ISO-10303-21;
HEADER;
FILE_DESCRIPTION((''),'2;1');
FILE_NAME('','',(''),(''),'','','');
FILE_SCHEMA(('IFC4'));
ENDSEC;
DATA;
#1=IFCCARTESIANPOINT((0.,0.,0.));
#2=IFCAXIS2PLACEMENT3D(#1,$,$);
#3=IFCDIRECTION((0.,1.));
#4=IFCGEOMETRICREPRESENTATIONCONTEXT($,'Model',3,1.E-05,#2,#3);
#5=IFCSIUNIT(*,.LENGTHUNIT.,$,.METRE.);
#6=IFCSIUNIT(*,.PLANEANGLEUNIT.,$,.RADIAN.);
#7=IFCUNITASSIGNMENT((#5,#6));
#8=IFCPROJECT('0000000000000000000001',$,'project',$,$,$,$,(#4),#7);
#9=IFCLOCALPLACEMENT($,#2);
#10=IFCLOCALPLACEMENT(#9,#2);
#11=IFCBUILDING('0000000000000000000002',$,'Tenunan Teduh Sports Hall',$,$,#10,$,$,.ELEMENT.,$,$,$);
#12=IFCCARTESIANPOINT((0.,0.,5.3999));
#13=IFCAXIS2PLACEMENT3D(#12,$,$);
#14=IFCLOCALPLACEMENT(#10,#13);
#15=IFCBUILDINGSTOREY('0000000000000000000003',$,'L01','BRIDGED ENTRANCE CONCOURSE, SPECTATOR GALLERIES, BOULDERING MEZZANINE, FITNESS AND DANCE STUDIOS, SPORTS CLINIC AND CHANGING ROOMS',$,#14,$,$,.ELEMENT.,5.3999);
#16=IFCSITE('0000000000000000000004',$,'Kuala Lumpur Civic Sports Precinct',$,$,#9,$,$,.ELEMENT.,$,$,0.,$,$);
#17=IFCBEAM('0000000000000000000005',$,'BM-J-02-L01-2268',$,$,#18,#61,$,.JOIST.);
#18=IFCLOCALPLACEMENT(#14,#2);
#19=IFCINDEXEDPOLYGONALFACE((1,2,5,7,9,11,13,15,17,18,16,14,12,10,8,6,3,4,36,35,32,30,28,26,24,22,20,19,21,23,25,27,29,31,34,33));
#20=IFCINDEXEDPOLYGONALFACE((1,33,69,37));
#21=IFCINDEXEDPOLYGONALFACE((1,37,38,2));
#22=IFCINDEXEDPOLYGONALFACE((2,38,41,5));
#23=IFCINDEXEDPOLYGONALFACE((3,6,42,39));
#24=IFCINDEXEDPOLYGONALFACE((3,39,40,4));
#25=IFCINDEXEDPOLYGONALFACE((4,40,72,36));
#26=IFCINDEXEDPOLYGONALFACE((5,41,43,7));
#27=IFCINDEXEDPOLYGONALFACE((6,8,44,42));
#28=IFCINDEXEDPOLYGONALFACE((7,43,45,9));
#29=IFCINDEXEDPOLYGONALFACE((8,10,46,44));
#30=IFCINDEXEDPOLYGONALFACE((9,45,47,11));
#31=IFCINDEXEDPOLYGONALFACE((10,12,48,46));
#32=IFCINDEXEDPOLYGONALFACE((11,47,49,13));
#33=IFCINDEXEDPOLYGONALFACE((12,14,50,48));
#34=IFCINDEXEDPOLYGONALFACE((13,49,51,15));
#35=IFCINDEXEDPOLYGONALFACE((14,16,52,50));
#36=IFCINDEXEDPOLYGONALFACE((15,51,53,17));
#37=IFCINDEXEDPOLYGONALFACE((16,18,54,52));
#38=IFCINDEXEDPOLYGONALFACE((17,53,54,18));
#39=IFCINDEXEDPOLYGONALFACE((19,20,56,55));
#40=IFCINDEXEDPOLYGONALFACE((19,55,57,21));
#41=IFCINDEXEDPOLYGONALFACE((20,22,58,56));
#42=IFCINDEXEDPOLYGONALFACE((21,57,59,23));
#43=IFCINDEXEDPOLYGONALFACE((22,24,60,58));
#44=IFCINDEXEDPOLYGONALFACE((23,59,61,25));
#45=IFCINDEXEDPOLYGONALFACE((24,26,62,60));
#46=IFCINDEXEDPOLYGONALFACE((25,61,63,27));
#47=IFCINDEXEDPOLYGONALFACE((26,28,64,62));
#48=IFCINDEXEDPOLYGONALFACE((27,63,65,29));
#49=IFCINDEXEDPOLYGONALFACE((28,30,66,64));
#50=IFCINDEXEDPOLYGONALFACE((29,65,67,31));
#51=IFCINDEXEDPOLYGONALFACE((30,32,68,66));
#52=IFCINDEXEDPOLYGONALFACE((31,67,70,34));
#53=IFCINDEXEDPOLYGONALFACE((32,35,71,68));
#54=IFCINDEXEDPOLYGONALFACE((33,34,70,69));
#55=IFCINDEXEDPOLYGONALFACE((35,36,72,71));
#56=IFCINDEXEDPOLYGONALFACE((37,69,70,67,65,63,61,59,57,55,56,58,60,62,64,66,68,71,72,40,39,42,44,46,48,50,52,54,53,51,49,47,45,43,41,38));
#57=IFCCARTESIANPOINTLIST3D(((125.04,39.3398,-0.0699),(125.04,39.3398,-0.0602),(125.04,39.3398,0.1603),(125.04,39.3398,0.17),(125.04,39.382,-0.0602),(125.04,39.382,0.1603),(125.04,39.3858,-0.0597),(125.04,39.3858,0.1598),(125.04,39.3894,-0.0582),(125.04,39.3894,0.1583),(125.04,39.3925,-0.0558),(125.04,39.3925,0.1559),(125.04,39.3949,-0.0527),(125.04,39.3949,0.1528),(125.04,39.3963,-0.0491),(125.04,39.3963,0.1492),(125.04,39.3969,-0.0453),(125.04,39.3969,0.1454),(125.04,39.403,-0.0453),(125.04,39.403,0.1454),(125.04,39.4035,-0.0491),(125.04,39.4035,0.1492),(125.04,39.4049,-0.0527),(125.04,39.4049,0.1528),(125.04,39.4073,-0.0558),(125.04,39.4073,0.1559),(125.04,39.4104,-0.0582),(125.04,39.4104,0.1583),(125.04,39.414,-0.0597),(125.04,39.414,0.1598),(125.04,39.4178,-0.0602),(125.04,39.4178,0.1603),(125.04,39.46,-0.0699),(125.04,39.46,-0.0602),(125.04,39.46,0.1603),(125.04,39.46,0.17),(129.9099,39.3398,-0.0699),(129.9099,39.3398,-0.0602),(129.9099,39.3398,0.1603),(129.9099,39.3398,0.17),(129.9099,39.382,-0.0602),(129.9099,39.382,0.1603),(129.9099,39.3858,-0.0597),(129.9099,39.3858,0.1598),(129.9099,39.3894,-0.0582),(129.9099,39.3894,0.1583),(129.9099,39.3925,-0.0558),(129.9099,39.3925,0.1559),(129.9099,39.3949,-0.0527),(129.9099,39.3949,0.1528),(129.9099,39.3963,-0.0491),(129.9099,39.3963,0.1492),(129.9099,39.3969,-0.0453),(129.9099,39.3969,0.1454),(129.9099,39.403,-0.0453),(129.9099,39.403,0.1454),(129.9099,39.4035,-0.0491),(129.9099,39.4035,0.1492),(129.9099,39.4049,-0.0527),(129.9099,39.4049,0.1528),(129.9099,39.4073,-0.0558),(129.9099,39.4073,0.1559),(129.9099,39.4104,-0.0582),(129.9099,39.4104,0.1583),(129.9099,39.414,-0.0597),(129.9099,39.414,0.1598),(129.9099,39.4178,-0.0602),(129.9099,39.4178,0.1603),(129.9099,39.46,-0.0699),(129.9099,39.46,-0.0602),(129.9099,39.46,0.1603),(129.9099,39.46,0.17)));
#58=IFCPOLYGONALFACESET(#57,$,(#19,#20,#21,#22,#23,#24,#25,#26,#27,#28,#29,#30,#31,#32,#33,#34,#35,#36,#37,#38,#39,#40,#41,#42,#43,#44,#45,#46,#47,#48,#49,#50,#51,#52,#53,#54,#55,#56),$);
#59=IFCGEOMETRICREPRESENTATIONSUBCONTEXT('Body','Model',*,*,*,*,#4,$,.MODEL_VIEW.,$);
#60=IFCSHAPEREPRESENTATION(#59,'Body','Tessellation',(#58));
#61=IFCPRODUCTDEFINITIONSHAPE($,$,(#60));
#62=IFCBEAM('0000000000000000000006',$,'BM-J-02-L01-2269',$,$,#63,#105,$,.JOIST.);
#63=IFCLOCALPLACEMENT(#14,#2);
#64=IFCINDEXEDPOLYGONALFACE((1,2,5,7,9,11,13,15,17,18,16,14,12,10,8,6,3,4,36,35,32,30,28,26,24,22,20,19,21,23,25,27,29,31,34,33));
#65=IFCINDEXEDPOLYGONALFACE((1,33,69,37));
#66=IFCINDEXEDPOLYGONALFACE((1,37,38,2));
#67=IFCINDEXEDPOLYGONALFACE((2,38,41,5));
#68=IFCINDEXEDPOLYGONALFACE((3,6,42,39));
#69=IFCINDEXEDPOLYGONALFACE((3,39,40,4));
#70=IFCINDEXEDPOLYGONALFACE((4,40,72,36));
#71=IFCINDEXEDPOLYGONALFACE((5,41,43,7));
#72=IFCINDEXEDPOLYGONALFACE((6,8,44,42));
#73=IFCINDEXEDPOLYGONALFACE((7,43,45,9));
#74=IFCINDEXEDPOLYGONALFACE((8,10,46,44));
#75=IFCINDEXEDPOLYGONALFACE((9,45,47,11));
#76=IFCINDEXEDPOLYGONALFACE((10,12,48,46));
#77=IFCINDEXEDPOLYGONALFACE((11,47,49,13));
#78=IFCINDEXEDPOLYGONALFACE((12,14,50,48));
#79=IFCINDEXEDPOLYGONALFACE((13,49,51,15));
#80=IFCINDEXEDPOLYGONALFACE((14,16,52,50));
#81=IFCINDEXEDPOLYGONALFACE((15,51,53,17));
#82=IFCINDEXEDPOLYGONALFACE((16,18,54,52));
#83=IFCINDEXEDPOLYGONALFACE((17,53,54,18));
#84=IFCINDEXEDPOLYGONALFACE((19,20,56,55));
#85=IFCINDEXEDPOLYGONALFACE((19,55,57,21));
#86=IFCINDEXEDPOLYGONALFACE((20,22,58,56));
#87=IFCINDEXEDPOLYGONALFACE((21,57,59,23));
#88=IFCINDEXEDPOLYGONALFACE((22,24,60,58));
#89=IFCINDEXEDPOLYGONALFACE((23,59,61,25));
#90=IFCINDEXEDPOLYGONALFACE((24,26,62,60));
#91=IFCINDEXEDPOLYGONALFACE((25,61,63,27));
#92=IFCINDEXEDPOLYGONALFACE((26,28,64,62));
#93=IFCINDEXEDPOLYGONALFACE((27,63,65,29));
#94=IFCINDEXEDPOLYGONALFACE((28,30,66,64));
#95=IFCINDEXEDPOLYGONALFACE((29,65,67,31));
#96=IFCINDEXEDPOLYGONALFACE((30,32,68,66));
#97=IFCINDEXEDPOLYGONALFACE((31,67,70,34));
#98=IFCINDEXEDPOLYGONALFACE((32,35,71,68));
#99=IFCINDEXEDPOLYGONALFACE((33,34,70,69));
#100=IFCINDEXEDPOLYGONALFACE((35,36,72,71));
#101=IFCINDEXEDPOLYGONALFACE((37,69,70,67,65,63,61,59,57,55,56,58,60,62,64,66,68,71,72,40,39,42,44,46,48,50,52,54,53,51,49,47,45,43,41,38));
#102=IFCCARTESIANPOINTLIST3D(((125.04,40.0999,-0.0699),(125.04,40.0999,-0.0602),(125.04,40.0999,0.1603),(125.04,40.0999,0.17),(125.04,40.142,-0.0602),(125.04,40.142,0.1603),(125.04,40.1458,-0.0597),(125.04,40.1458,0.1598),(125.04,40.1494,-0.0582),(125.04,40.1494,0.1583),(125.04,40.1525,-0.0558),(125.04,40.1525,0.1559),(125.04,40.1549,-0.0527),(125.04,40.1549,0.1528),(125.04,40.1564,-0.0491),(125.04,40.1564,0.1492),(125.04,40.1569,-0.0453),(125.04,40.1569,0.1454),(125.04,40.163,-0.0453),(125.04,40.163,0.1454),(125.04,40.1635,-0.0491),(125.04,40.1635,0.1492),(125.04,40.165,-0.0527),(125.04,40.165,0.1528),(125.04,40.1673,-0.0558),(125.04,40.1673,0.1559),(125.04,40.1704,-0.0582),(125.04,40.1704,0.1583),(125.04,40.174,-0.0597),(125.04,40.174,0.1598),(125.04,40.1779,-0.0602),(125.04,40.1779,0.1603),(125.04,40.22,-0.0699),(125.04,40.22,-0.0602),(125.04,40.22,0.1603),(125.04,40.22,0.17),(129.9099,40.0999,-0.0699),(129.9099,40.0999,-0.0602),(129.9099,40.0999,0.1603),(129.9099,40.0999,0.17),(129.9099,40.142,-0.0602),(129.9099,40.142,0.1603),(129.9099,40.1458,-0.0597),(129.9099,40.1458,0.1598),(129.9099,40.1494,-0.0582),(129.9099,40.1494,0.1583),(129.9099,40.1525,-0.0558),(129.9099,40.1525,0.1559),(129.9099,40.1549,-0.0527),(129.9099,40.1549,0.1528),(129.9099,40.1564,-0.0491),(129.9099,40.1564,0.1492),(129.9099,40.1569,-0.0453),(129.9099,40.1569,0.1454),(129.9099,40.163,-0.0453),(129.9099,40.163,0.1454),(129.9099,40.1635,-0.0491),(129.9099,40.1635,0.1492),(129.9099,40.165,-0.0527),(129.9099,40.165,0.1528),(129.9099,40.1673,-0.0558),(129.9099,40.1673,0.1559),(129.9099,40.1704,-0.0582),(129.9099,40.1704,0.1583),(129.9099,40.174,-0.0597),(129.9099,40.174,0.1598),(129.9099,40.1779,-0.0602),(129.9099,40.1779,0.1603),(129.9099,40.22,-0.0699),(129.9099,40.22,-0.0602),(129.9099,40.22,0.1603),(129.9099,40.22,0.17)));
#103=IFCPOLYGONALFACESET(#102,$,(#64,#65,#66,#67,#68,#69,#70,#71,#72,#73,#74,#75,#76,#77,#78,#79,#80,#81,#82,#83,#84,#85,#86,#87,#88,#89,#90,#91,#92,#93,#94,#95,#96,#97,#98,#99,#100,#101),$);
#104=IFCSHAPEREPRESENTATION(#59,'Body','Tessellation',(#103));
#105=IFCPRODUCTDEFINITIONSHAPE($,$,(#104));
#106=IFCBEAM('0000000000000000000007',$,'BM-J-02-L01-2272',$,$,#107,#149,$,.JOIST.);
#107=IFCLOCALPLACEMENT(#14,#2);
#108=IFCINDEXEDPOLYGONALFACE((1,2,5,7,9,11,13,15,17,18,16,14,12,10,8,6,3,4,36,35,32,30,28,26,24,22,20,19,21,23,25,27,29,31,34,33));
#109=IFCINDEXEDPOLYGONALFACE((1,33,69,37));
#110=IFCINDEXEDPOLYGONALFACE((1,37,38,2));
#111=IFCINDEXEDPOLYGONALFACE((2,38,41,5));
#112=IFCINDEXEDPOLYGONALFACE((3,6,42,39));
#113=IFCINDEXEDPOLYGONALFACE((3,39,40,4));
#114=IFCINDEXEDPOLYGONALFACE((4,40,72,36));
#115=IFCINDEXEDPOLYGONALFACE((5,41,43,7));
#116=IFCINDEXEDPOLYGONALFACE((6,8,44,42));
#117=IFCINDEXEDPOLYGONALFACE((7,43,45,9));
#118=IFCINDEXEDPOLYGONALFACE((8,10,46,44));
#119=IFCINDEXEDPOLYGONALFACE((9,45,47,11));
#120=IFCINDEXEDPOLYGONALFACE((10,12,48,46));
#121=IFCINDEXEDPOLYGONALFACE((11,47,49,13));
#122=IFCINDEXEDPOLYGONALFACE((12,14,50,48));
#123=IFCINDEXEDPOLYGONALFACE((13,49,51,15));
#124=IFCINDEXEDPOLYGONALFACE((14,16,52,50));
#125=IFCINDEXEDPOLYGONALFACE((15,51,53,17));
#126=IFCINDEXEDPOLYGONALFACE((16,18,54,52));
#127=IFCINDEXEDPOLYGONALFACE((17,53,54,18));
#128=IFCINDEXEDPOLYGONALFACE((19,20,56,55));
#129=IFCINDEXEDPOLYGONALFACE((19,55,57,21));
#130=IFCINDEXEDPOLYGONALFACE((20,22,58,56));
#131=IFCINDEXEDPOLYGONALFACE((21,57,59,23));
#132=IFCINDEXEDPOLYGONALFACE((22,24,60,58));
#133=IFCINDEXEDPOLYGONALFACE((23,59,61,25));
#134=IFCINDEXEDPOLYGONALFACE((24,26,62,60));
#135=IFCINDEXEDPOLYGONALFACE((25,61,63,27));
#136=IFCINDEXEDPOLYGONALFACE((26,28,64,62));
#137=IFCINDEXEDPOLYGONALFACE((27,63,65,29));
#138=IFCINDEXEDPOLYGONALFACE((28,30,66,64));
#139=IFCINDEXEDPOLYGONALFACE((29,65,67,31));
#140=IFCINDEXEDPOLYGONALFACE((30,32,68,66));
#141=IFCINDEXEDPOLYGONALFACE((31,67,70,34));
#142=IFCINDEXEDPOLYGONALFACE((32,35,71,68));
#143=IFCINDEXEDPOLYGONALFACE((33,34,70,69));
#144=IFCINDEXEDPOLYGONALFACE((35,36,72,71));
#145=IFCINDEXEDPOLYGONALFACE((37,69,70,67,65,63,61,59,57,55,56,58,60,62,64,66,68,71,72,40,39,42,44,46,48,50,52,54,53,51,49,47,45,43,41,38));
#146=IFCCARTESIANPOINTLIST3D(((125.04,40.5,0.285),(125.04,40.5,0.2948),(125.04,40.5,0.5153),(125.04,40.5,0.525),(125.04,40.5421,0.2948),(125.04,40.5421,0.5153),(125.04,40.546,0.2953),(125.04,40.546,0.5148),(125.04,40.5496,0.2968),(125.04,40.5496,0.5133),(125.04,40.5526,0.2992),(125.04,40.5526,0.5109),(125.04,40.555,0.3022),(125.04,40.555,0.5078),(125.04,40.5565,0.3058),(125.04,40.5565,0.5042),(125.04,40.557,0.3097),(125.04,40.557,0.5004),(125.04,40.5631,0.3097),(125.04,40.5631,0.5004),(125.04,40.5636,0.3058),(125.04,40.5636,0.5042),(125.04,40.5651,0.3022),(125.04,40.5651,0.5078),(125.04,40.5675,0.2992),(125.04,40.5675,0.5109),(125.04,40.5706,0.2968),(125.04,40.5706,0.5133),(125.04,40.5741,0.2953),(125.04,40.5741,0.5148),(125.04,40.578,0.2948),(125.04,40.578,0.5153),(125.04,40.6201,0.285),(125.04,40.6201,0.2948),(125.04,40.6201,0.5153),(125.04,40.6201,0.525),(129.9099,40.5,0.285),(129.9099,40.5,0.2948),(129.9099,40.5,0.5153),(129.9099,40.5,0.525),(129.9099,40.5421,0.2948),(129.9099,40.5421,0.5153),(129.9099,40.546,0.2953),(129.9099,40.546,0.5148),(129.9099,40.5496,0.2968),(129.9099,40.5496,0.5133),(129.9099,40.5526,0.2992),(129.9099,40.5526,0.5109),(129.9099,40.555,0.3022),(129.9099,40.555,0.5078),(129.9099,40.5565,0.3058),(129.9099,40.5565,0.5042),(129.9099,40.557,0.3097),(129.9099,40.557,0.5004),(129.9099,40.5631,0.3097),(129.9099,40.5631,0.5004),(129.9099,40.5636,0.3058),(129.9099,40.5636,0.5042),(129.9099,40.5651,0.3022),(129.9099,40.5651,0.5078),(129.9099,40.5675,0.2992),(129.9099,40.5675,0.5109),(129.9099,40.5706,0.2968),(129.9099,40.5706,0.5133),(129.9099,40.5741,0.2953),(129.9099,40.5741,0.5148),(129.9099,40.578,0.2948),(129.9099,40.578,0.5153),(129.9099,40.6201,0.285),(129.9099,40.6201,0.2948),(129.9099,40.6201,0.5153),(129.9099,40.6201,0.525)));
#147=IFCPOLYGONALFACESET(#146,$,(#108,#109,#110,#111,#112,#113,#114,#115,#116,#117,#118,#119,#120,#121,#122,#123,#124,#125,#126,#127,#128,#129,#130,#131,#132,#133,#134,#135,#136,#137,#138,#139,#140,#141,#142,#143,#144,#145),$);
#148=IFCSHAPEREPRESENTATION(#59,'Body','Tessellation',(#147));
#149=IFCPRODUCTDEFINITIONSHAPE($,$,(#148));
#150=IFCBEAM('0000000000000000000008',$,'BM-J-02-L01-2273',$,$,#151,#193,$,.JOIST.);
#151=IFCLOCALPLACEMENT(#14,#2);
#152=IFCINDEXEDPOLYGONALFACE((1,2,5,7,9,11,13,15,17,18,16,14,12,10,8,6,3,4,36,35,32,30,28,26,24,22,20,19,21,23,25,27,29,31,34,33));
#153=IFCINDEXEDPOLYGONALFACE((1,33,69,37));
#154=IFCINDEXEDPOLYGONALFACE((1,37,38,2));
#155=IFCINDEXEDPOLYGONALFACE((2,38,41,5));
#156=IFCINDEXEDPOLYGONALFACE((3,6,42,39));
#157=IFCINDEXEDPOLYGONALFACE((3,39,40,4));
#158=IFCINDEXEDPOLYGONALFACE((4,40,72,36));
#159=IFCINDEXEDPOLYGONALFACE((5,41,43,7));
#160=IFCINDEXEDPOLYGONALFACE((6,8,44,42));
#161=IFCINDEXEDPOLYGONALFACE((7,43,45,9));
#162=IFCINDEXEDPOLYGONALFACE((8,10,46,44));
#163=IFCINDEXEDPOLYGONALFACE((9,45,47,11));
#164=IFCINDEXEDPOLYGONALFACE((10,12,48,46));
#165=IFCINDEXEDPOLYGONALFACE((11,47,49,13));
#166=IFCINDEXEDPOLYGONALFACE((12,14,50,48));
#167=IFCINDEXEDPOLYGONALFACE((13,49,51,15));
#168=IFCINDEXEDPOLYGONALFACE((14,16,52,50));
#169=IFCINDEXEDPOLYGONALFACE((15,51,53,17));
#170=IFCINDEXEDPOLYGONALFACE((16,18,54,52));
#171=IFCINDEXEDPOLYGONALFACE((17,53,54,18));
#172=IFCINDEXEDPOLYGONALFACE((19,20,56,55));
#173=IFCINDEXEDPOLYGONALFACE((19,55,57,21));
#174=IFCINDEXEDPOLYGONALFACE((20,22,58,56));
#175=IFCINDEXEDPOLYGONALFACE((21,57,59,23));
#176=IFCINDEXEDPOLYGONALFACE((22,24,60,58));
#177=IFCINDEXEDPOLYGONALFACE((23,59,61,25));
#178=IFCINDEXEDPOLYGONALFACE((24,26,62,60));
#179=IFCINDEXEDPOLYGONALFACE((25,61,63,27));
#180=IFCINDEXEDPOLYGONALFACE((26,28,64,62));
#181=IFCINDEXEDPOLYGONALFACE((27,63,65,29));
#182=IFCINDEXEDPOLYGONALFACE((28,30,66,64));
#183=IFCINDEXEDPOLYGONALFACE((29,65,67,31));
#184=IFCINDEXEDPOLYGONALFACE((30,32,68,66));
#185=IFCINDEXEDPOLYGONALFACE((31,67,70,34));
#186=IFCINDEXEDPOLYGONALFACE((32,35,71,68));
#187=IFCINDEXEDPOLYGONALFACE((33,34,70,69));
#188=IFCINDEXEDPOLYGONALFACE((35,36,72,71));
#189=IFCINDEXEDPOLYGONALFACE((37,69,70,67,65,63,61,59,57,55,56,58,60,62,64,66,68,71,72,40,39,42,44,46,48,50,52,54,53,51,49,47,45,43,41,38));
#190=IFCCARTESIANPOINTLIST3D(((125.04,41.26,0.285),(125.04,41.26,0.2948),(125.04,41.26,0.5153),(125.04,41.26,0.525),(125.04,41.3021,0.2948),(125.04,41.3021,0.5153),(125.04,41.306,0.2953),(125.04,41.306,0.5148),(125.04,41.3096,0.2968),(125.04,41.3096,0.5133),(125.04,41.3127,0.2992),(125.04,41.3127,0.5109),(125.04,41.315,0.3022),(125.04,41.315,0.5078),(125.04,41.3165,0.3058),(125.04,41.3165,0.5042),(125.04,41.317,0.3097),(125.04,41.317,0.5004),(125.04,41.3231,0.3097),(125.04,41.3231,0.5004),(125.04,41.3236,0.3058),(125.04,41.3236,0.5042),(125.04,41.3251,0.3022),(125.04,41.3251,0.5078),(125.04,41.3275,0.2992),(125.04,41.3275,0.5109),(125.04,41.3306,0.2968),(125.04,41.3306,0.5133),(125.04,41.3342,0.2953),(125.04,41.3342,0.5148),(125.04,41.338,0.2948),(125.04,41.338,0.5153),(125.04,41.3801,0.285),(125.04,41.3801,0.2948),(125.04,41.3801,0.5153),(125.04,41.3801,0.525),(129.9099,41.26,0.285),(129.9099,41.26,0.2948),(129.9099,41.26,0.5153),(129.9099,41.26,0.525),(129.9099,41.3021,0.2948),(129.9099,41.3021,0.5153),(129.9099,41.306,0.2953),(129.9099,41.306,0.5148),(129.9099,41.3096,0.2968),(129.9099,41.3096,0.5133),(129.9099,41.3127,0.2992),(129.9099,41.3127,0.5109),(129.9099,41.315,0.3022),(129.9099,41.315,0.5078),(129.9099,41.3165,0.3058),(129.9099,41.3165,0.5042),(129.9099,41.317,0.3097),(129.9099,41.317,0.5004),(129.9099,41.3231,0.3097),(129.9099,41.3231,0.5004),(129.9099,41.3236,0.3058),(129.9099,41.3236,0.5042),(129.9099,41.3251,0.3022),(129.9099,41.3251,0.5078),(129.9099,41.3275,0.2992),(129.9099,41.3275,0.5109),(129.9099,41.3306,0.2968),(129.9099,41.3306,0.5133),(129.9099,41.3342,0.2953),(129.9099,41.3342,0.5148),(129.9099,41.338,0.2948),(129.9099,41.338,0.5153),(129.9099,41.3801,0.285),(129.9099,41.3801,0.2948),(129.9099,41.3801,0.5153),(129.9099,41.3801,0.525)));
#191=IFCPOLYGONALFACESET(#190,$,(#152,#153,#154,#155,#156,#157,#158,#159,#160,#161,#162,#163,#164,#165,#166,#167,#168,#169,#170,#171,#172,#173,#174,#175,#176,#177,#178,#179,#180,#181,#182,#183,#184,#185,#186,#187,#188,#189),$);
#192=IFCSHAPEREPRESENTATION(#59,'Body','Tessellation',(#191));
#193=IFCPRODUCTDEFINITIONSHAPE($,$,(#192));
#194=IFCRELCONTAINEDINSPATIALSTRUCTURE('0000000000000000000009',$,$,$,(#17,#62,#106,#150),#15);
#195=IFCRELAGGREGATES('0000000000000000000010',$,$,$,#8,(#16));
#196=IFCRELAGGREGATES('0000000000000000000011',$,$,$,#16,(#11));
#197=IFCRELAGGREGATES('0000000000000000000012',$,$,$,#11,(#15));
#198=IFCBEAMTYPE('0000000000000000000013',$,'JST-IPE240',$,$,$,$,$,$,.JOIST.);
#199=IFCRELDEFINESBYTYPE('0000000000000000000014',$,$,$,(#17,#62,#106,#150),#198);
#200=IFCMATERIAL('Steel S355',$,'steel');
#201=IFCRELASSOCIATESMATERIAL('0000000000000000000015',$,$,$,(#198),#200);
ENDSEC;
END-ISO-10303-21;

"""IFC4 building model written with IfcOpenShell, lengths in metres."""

from ifc_helpers import new_model, si_unit, direction, frame, origin, origin_2d, place, context, subcontext, project, spatial, i_section, extrude, material, material_profile, profile_set, type_object, element, save


model = new_model("IFC4")

# Units and contexts
model_context = context("Model", 3, precision=1e-05, world=origin(), true_north=direction((0.0, 1.0)))
body_context = subcontext(model_context, "Body", "Model", "MODEL_VIEW")
ifc_project = project(units=[si_unit("LENGTHUNIT", "METRE"), si_unit("PLANEANGLEUNIT", "RADIAN")], contexts=[model_context])

# Site, building, storey
site_placement = place(None, origin())
site = spatial("IfcSite", under=ifc_project, at=site_placement, Name="Kuala Lumpur Civic Sports Precinct", CompositionType="ELEMENT", RefElevation=0.0)
building_placement = place(site_placement, origin())
building = spatial("IfcBuilding", under=site, at=building_placement, Name="Tenunan Teduh Sports Hall", CompositionType="ELEMENT")
storey_placement = place(building_placement, frame((0.0, 0.0, 5.3999)))
storey = spatial("IfcBuildingStorey", under=building, at=storey_placement, Name="L01", Description="BRIDGED ENTRANCE CONCOURSE, SPECTATOR GALLERIES, BOULDERING MEZZANINE, FITNESS AND DANCE STUDIOS, SPORTS CLINIC AND CHANGING ROOMS", CompositionType="ELEMENT", Elevation=5.3999)

# Beams
ifc_material_1 = material(Name="Steel S355", Category="steel")
ifc_material_profile_1 = material_profile(ifc_material_1, i_section(OverallWidth=0.1201, OverallDepth=0.24, WebThickness=0.0061, FlangeThickness=0.0098, FilletRadius=0.0149, at=origin_2d()), Name="IPE 240")
ifc_profile_set_1 = profile_set([ifc_material_profile_1], Name="Steel S355")
beam_type_1 = type_object("IfcBeamType", Name="JST-IPE240", PredefinedType="JOIST", material=ifc_profile_set_1)
for number, where, z_axis, x_axis, name in (
    (1, (125.04, 39.3999, 0.05), (1.0, 0.0, 0.0), (0.0, 1.0, 0.0), "BM-J-02-L01-2268"),
    (2, (125.04, 40.1599, 0.05), (1.0, 0.0, 0.0), (0.0, 1.0, 0.0), "BM-J-02-L01-2269"),
    (3, (125.04, 40.5601, 0.405), (1.0, 0.0, 0.0), (0.0, 1.0, 0.0), "BM-J-02-L01-2272"),
    (4, (125.04, 41.3201, 0.405), (1.0, 0.0, 0.0), (0.0, 1.0, 0.0), "BM-J-02-L01-2273"),
):
    element("IfcBeam", number, at=place(storey_placement, frame(where, z_axis=z_axis, x_axis=x_axis)), inside=storey, type_object=beam_type_1, Name=name, PredefinedType="JOIST", context=body_context, shape_type="SweptSolid", body=[
        extrude(i_section(OverallWidth=0.1201, OverallDepth=0.24, WebThickness=0.0061, FlangeThickness=0.0098, FilletRadius=0.0149, at=origin_2d()), origin(), (0.0, 0.0, 1.0), 4.8699),
    ])

save(model, "model.ifc")
